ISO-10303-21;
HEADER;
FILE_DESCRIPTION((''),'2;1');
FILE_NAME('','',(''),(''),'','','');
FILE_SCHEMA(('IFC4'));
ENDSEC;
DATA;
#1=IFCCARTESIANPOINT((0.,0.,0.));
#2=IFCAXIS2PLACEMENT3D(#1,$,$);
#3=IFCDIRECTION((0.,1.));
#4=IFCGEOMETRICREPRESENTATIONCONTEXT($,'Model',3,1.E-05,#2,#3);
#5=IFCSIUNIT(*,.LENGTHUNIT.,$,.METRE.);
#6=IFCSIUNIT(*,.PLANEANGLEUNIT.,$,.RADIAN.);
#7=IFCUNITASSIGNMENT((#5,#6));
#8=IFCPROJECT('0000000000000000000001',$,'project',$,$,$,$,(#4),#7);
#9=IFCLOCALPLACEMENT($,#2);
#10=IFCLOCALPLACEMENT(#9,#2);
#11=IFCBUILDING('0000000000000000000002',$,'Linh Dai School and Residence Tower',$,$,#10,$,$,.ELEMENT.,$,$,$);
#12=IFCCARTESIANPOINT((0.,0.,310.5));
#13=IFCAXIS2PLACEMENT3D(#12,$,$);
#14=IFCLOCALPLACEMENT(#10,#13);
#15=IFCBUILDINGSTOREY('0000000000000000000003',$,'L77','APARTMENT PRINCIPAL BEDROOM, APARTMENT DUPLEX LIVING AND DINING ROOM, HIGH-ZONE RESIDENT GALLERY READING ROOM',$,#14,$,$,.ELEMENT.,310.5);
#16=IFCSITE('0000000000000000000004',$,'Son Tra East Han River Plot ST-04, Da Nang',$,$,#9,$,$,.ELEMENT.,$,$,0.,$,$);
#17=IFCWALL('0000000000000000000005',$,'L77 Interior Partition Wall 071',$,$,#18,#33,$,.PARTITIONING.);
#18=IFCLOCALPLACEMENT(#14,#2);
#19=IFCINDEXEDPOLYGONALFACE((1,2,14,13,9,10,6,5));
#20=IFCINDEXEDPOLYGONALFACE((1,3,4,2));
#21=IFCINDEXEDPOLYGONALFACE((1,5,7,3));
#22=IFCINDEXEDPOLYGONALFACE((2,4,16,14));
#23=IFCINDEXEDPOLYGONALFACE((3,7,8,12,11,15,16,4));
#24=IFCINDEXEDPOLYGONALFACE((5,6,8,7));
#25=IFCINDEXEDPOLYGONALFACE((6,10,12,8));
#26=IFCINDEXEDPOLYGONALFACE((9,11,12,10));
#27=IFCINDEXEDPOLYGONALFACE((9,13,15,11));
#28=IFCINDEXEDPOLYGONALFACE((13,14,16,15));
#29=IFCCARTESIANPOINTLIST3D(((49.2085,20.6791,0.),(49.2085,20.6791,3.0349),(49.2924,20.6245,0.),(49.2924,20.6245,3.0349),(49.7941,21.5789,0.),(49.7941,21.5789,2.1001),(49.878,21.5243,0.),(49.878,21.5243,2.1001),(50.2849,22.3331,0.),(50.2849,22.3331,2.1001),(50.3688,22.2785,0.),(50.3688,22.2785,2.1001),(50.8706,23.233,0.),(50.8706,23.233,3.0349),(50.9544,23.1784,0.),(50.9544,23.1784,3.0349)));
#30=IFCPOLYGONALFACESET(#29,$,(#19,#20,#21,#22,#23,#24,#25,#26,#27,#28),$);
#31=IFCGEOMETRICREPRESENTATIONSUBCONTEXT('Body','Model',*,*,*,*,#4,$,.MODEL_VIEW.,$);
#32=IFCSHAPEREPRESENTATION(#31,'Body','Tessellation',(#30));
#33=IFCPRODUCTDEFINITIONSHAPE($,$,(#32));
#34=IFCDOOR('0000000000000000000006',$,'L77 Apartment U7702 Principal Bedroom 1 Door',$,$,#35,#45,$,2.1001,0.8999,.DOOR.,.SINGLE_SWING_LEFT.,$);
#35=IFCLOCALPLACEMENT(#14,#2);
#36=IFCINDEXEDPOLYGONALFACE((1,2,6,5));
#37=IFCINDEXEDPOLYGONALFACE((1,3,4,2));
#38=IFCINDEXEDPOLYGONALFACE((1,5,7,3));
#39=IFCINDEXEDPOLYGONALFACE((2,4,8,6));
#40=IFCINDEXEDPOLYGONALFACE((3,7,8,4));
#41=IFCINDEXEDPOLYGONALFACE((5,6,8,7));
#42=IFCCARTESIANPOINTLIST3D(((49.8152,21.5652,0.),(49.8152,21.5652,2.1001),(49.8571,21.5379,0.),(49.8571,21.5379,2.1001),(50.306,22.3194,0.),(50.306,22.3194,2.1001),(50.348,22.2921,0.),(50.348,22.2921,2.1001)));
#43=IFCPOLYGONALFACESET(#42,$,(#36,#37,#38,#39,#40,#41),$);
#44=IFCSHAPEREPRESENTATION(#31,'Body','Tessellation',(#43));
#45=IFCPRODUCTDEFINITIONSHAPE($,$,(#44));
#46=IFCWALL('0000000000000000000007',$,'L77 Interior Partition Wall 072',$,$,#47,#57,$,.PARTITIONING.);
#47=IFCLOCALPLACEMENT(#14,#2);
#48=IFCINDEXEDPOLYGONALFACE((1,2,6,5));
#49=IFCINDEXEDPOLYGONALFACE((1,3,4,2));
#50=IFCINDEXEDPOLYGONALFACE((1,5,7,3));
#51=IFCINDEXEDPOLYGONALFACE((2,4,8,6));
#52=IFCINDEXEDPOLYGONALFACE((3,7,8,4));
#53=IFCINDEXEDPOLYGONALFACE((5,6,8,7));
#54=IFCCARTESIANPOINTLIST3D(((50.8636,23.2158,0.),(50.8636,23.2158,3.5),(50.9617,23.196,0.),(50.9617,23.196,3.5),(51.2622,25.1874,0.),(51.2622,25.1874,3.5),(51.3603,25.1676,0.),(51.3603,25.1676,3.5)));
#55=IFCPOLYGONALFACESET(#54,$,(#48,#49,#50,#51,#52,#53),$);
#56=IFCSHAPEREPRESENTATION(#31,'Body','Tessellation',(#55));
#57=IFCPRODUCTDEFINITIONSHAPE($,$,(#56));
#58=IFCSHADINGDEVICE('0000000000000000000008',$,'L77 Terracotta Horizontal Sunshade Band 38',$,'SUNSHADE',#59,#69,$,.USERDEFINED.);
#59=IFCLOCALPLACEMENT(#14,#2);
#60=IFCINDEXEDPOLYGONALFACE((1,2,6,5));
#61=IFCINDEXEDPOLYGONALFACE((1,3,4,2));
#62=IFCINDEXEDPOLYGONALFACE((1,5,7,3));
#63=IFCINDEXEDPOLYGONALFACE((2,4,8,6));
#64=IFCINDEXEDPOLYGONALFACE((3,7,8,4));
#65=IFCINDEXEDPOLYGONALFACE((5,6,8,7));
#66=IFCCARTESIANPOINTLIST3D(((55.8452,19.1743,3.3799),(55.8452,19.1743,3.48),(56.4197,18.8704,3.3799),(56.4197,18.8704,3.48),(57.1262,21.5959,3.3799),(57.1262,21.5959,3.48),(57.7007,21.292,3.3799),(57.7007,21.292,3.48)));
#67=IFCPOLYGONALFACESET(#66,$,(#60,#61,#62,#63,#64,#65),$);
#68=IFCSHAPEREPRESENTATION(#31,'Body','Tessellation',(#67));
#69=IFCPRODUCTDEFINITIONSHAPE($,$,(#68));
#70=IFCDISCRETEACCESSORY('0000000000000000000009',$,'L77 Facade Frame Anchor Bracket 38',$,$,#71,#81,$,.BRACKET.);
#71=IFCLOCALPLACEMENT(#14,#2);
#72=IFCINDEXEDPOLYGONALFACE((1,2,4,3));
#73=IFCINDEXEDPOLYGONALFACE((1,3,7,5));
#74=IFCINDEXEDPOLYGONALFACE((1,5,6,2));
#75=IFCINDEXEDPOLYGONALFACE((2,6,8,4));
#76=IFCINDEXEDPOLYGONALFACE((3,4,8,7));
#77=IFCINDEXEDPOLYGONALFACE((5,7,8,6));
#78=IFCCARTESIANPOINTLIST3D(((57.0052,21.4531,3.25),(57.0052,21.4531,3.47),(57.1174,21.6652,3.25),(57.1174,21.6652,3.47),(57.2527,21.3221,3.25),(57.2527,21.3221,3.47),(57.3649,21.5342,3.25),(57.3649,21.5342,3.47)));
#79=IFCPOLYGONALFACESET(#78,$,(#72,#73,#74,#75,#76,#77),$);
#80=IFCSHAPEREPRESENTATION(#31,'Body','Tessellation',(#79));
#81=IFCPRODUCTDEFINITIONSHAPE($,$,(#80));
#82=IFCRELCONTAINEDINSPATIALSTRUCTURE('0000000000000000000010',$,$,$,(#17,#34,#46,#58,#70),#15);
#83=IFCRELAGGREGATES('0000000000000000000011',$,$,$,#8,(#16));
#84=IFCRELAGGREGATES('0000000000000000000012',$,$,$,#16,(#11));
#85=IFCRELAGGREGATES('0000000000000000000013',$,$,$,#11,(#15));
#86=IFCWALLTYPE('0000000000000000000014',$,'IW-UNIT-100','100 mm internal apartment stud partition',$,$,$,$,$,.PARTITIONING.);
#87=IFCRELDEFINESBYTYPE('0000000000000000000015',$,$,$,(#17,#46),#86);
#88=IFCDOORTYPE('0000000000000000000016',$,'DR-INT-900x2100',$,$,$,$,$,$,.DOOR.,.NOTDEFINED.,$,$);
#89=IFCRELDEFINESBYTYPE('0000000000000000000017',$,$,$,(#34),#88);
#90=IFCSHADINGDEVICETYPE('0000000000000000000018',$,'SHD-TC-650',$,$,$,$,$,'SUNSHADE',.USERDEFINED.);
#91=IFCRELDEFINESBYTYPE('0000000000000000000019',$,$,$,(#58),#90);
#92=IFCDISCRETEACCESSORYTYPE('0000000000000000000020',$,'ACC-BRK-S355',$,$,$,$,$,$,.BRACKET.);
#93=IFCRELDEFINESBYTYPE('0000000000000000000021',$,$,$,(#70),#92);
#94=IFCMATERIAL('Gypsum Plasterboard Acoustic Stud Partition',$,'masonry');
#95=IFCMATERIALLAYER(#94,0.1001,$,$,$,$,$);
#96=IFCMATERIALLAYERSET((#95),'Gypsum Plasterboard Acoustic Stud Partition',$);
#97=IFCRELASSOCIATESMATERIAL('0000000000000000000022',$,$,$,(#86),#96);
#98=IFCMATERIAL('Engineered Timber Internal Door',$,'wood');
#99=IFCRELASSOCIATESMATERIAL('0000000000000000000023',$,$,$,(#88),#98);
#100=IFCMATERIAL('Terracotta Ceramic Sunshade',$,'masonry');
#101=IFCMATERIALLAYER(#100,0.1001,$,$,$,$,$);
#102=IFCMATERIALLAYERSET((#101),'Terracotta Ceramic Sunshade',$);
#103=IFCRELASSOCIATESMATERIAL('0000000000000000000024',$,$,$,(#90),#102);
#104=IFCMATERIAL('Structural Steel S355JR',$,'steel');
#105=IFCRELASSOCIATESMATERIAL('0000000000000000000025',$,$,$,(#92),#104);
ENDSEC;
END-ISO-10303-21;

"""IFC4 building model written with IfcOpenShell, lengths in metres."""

from ifc_helpers import new_model, si_unit, direction, frame, frame_2d, origin, origin_2d, place, context, subcontext, project, spatial, rectangle, extrude, source, transform, mapped, material, layer, layer_set, type_object, element, fill, save


model = new_model("IFC4")

# Units and contexts
model_context = context("Model", 3, precision=1e-05, world=origin(), true_north=direction((0.0, 1.0)))
body_context = subcontext(model_context, "Body", "Model", "MODEL_VIEW")
ifc_project = project(units=[si_unit("LENGTHUNIT", "METRE"), si_unit("PLANEANGLEUNIT", "RADIAN")], contexts=[model_context])

# Site, building, storey
site_placement = place(None, origin())
site = spatial("IfcSite", under=ifc_project, at=site_placement, Name="Son Tra East Han River Plot ST-04, Da Nang", CompositionType="ELEMENT", RefElevation=0.0)
building_placement = place(site_placement, origin())
building = spatial("IfcBuilding", under=site, at=building_placement, Name="Linh Dai School and Residence Tower", CompositionType="ELEMENT")
storey_placement = place(building_placement, frame((0.0, 0.0, 310.5)))
storey = spatial("IfcBuildingStorey", under=building, at=storey_placement, Name="L77", Description="APARTMENT PRINCIPAL BEDROOM, APARTMENT DUPLEX LIVING AND DINING ROOM, HIGH-ZONE RESIDENT GALLERY READING ROOM", CompositionType="ELEMENT", Elevation=310.5)

# Shared definitions
ifc_material_1 = material(Name="Structural Steel S355JR", Category="steel")

# Wall, opening, door
ifc_material_2 = material(Name="Gypsum Plasterboard Acoustic Stud Partition", Category="masonry")
ifc_layer_1 = layer(ifc_material_2, 0.1001)
ifc_layer_set_1 = layer_set([ifc_layer_1], Name="Gypsum Plasterboard Acoustic Stud Partition")
wall_type_1 = type_object("IfcWallType", Name="IW-UNIT-100", Description="100 mm internal apartment stud partition", PredefinedType="PARTITIONING", material=ifc_layer_set_1)
wall_1_placement = place(storey_placement, frame((49.2505, 20.6519, 0.0), z_axis=(0.0, 0.0, 1.0), x_axis=(0.545459, 0.838138, 0.0)))
wall_1 = element("IfcWall", 1, at=wall_1_placement, inside=storey, type_object=wall_type_1, Name="L77 Interior Partition Wall 071", PredefinedType="PARTITIONING", context=body_context, shape_type="SweptSolid", body=[
    extrude(rectangle(XDim=3.0471, YDim=0.1001, at=frame_2d((1.5234, 0.0))), origin(), (0.0, 0.0, 1.0), 3.0349),
])
opening_1_placement = place(wall_1_placement, frame((1.0735, 0.0, 0.0)))
opening_1 = element("IfcOpeningElement", 2, at=opening_1_placement, cuts=wall_1, PredefinedType="OPENING", context=body_context, shape_type="SweptSolid", body=[
    extrude(rectangle(XDim=0.8999, YDim=2.1001, at=origin_2d()), frame((0.45, 0.0601, 1.05), z_axis=(0.0, -1.0, 0.0), x_axis=(1.0, 0.0, 0.0)), (0.0, 0.0, 1.0), 0.1201),
])
ifc_material_3 = material(Name="Engineered Timber Internal Door", Category="wood")
door_type = type_object("IfcDoorType", Name="DR-INT-900x2100", OperationType="NOTDEFINED", PredefinedType="DOOR", material=ifc_material_3)
shared_shape_1 = source(origin(), body_context, "Body", "SweptSolid", [
    extrude(rectangle(XDim=0.8999, YDim=2.1001, at=origin_2d()), frame((0.45, 0.0249, 1.05), z_axis=(0.0, -1.0, 0.0), x_axis=(1.0, 0.0, 0.0)), (0.0, 0.0, 1.0), 0.05),
])
door_placement = place(opening_1_placement, origin())
door = element("IfcDoor", 3, at=door_placement, inside=storey, type_object=door_type, Name="L77 Apartment U7702 Principal Bedroom 1 Door", OperationType="SINGLE_SWING_LEFT", OverallHeight=2.1001, OverallWidth=0.8999, PredefinedType="DOOR", context=body_context, shape_type="MappedRepresentation", body=[
    mapped(shared_shape_1, transform((0.0, 0.0, 0.0), x_axis=(1.0, 0.0, 0.0), y_axis=(0.0, 1.0, 0.0), z_axis=(0.0, 0.0, 1.0), scale=1.0)),
])
fill(opening_1, door)

# Wall
wall_2_placement = place(storey_placement, frame((50.9126, 23.2058, 0.0), z_axis=(0.0, 0.0, 1.0), x_axis=(0.198193, 0.980163, 0.0)))
element("IfcWall", 4, at=wall_2_placement, inside=storey, type_object=wall_type_1, Name="L77 Interior Partition Wall 072", PredefinedType="PARTITIONING", context=body_context, shape_type="SweptSolid", body=[
    extrude(rectangle(XDim=2.0115, YDim=0.1001, at=frame_2d((1.0059, 0.0))), origin(), (0.0, 0.0, 1.0), 3.5),
])

# Shading device
ifc_material_4 = material(Name="Terracotta Ceramic Sunshade", Category="masonry")
ifc_layer_2 = layer(ifc_material_4, 0.1001)
ifc_layer_set_2 = layer_set([ifc_layer_2], Name="Terracotta Ceramic Sunshade")
shading_device_type = type_object("IfcShadingDeviceType", Name="SHD-TC-650", ElementType="SUNSHADE", PredefinedType="USERDEFINED", material=ifc_layer_set_2)
shared_shape_2 = source(origin(), body_context, "Body", "SweptSolid", [
    extrude(rectangle(XDim=2.7395, YDim=0.6499, at=origin_2d()), origin(), (0.0, 0.0, 1.0), 0.1001),
])
shading_device_placement = place(storey_placement, frame((56.7729, 20.2332, 3.3799), z_axis=(0.0, 0.0, 1.0), x_axis=(-0.467604, -0.883938, 0.0)))
element("IfcShadingDevice", 5, at=shading_device_placement, inside=storey, type_object=shading_device_type, Name="L77 Terracotta Horizontal Sunshade Band 38", ObjectType="SUNSHADE", PredefinedType="USERDEFINED", context=body_context, shape_type="MappedRepresentation", body=[
    mapped(shared_shape_2, transform((0.0, 0.0, 0.0), x_axis=(1.0, 0.0, 0.0), y_axis=(0.0, 1.0, 0.0), z_axis=(0.0, 0.0, 1.0), scale=1.0)),
])

# Discrete accessory
discrete_accessory_type = type_object("IfcDiscreteAccessoryType", Name="ACC-BRK-S355", PredefinedType="BRACKET", material=ifc_material_1)
shared_shape_3 = source(origin(), body_context, "Body", "SweptSolid", [
    extrude(rectangle(XDim=0.28, YDim=0.24, at=origin_2d()), origin(), (0.0, 0.0, 1.0), 0.22),
])
discrete_accessory_placement = place(storey_placement, frame((57.1851, 21.4937, 3.25), z_axis=(0.0, 0.0, 1.0), x_axis=(0.883938, -0.467604, 0.0)))
element("IfcDiscreteAccessory", 6, at=discrete_accessory_placement, inside=storey, type_object=discrete_accessory_type, Name="L77 Facade Frame Anchor Bracket 38", PredefinedType="BRACKET", context=body_context, shape_type="MappedRepresentation", body=[
    mapped(shared_shape_3, transform((0.0, 0.0, 0.0), x_axis=(1.0, 0.0, 0.0), y_axis=(0.0, 1.0, 0.0), z_axis=(0.0, 0.0, 1.0), scale=1.0)),
])

save(model, "model.ifc")
